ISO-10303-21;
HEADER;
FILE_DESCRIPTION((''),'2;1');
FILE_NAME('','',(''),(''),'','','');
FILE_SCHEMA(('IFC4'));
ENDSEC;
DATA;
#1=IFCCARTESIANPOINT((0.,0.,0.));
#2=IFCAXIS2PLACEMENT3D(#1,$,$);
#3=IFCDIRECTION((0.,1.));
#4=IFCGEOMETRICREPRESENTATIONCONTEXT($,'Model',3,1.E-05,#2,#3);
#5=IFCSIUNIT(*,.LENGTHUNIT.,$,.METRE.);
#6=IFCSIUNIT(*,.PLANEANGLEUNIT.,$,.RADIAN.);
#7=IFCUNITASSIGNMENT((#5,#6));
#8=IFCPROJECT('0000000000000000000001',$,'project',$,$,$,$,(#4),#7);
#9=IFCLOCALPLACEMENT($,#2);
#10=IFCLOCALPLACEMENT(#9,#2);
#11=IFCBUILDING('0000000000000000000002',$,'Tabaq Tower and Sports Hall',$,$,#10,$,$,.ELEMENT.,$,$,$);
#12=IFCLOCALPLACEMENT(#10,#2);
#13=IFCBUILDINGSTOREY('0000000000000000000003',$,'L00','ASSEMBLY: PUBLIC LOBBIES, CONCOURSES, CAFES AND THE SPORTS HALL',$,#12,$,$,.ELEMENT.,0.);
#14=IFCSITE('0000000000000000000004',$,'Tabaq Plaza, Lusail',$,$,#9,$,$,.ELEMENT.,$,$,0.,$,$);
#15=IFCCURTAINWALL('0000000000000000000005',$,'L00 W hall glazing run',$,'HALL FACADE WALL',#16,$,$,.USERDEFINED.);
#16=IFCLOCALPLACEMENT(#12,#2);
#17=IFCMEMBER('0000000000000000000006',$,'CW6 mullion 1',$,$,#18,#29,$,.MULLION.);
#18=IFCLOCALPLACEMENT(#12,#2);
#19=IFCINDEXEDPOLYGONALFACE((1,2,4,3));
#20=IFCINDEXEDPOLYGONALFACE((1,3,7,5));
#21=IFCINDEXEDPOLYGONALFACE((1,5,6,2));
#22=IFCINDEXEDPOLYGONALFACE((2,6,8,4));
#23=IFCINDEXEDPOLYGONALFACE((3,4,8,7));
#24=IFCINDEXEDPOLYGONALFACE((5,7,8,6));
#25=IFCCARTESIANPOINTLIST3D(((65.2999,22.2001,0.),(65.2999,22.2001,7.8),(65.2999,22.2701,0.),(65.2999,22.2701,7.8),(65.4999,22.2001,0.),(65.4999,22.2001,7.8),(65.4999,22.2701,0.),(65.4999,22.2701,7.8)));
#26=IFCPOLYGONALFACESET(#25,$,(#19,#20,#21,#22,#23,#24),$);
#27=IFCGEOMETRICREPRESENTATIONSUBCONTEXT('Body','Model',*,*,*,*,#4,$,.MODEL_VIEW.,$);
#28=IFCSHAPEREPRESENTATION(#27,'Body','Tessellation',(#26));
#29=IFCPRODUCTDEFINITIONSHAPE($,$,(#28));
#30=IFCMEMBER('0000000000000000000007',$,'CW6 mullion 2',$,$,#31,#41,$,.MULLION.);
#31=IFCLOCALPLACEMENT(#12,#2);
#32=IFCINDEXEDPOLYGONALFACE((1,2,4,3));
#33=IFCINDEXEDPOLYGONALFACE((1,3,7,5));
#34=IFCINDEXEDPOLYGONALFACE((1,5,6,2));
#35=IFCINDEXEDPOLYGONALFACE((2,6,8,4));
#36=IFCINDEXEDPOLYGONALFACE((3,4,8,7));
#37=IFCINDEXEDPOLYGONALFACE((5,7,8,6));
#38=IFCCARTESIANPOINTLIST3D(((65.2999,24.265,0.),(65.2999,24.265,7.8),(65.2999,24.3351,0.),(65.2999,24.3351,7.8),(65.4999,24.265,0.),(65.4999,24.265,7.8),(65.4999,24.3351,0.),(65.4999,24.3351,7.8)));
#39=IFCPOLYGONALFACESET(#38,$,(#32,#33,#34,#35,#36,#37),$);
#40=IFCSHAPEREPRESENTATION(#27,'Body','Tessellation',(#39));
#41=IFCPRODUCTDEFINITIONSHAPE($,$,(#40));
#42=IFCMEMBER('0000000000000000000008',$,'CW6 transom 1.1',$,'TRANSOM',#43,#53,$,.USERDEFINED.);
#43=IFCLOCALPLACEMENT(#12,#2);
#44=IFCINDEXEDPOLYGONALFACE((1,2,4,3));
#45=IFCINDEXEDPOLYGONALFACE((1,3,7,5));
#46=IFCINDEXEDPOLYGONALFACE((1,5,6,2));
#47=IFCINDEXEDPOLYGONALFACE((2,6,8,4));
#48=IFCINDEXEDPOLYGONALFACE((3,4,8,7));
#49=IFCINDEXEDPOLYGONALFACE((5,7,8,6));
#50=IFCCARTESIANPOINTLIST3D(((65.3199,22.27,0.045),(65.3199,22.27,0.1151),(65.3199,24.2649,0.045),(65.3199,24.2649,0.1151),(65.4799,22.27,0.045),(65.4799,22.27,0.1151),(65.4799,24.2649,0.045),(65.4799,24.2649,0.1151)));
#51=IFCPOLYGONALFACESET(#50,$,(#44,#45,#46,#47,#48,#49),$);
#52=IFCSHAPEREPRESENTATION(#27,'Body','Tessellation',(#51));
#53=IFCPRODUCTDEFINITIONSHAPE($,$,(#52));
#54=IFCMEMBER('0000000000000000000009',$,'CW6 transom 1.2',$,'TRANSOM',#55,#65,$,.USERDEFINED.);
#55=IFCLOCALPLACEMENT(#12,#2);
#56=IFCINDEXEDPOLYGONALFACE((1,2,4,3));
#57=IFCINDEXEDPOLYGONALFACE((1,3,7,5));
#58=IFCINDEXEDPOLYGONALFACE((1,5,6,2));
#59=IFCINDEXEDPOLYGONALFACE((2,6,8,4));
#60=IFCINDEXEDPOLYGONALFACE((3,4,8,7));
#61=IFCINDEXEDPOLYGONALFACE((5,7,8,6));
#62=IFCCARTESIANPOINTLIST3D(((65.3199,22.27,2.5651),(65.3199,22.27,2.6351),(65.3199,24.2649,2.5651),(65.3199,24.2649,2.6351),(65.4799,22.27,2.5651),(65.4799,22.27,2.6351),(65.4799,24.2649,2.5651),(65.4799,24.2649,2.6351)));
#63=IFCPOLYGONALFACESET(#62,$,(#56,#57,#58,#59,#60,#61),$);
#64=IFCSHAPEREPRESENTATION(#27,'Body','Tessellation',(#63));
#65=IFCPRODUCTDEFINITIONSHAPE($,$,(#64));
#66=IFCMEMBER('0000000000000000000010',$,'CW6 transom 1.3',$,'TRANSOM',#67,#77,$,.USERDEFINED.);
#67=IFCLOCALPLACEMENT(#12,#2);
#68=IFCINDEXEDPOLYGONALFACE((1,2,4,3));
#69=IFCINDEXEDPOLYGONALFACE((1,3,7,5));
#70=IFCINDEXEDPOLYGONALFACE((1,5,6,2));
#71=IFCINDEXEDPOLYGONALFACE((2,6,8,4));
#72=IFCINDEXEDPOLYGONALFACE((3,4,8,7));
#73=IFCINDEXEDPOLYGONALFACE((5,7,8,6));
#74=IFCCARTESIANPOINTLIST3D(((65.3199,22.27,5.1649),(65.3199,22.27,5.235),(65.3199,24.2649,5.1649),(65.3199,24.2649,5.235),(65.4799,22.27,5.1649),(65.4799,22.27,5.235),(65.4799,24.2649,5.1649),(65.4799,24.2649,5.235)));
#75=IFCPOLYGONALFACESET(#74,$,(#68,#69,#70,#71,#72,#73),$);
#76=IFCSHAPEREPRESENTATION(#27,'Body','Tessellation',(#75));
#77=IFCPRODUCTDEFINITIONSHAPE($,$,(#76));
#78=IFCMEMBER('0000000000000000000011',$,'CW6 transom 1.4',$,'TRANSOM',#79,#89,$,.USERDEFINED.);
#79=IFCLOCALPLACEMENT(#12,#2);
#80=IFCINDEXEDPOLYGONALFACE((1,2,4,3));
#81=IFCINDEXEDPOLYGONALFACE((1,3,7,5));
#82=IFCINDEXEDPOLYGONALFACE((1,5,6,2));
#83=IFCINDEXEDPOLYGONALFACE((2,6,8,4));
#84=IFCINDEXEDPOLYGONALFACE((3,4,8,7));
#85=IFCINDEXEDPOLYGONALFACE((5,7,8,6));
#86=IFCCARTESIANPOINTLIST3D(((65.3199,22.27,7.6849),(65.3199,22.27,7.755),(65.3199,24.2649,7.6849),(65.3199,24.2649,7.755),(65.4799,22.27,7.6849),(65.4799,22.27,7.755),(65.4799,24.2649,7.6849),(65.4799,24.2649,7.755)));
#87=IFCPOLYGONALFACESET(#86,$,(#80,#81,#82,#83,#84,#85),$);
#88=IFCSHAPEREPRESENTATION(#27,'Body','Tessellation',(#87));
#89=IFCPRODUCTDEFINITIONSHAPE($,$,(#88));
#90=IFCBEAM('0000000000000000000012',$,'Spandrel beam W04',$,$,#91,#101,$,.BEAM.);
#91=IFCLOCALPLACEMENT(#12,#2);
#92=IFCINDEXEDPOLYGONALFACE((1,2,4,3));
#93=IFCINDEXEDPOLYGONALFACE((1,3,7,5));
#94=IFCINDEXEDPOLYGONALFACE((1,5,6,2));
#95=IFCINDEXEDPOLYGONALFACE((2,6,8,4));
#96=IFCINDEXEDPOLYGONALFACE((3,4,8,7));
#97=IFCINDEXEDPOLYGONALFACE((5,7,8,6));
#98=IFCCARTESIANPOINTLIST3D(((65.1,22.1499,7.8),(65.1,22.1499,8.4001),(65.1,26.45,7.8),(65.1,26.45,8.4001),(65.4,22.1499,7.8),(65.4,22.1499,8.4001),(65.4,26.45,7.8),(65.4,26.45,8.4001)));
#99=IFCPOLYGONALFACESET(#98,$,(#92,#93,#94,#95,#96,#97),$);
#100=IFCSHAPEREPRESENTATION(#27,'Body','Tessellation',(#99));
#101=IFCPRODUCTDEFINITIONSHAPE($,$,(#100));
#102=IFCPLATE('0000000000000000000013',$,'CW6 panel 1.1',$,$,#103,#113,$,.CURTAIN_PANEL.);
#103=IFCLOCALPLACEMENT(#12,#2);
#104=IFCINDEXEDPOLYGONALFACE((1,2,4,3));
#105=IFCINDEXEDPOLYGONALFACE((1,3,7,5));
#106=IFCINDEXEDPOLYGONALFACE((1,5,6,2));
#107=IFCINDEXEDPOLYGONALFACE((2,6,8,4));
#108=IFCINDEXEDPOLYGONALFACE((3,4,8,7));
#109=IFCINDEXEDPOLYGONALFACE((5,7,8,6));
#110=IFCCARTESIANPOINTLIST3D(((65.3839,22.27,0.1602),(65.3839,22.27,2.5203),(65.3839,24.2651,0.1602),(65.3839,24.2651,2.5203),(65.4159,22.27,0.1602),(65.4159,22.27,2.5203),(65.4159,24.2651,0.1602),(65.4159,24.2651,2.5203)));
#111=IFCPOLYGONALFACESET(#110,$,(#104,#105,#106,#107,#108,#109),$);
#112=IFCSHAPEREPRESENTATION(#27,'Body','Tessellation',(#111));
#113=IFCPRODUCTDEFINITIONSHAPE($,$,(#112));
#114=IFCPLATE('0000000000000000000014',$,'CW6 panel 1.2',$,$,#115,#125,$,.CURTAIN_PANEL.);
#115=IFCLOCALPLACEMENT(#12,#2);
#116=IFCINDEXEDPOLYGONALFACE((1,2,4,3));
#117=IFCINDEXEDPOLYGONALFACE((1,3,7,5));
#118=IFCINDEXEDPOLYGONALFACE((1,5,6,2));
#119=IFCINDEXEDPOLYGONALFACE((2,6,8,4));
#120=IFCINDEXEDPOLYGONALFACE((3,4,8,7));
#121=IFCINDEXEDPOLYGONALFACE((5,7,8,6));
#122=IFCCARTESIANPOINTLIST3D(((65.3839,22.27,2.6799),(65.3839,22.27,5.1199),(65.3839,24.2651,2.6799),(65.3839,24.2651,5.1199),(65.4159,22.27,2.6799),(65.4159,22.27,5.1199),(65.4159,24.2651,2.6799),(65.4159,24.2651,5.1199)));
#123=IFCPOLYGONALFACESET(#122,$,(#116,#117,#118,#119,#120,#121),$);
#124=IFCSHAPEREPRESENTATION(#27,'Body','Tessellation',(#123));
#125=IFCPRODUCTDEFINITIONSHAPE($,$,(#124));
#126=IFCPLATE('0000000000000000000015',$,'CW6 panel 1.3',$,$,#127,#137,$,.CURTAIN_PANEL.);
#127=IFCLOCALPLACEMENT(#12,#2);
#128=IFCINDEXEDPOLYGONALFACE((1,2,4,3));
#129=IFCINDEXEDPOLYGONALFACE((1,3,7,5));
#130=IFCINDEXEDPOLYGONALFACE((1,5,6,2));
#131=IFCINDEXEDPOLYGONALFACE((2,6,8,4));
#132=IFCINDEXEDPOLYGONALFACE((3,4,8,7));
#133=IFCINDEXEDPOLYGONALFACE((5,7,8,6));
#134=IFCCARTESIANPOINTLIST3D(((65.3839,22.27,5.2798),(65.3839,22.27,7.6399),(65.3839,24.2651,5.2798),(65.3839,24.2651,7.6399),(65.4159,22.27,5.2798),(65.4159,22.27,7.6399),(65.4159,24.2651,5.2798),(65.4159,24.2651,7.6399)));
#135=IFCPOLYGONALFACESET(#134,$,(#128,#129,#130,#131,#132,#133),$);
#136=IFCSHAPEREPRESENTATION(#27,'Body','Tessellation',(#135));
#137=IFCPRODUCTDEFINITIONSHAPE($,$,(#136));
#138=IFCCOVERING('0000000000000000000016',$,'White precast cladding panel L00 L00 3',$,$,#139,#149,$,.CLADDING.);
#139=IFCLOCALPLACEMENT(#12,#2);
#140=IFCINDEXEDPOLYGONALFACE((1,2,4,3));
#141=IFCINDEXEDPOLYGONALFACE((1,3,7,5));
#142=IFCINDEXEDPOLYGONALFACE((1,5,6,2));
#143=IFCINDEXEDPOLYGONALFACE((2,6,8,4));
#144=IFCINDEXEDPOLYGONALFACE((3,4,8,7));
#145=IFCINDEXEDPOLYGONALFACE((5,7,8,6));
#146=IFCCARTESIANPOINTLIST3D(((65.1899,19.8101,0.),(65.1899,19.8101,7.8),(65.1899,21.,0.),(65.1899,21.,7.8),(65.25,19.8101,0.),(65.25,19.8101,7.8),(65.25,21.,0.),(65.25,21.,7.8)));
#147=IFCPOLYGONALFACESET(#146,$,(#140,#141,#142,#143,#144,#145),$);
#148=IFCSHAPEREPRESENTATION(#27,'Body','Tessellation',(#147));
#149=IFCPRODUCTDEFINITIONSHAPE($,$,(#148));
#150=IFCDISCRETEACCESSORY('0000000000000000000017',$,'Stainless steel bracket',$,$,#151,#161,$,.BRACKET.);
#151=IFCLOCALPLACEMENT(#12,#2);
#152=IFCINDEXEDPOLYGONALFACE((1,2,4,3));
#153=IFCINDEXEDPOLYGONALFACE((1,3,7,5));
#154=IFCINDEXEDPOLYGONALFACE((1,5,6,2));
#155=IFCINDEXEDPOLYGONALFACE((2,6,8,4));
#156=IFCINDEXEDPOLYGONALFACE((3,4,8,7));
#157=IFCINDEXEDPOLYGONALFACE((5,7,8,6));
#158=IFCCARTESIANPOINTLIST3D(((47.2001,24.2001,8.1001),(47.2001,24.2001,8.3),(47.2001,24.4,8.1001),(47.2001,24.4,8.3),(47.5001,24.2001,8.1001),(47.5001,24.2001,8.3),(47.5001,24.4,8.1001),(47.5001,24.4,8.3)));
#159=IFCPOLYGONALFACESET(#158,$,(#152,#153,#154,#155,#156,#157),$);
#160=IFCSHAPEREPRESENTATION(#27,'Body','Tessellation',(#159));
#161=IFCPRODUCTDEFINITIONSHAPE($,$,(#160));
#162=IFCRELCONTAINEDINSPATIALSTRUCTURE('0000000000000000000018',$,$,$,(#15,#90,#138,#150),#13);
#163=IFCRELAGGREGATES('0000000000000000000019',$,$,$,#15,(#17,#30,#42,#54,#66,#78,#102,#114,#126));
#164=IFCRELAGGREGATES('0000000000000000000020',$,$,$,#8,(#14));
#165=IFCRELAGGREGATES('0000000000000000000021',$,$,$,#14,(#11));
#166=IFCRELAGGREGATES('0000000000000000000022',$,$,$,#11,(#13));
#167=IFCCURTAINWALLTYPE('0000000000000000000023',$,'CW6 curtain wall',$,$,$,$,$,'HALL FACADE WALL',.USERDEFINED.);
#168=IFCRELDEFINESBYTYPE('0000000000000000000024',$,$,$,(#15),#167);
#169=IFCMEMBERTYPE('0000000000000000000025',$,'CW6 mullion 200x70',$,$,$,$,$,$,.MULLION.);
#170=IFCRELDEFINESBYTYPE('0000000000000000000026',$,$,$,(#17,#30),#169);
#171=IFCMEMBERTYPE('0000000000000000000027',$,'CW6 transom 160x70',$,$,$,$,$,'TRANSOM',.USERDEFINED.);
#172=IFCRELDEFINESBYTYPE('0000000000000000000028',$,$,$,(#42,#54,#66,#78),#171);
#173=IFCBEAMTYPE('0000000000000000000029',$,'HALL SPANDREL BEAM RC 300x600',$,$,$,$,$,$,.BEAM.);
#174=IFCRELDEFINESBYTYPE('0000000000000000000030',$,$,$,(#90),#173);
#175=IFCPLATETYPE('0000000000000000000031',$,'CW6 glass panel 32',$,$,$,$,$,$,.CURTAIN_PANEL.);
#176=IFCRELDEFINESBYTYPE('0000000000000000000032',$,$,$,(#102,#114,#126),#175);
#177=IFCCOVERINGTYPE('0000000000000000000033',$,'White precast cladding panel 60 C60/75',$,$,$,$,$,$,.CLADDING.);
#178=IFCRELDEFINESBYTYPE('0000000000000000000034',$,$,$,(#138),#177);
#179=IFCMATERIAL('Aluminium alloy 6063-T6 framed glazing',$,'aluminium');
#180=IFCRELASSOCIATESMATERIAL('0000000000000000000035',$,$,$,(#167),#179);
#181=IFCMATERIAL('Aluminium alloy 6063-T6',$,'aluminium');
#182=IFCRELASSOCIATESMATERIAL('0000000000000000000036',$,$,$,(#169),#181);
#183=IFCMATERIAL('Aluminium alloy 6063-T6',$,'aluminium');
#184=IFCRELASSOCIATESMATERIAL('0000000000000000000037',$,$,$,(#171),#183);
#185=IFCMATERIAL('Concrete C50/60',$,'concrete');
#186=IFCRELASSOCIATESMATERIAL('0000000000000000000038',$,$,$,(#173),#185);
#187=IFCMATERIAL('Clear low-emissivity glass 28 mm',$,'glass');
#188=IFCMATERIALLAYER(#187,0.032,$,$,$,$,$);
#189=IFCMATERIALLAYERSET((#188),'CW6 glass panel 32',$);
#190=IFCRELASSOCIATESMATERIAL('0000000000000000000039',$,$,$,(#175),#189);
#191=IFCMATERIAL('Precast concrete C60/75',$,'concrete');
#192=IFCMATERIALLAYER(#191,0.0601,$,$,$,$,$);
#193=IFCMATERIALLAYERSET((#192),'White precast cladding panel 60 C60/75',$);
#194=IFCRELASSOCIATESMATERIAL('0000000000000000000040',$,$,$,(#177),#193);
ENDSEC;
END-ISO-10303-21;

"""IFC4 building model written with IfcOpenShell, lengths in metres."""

from ifc_helpers import new_model, si_unit, direction, frame, frame_2d, origin, origin_2d, place, context, subcontext, project, spatial, rectangle, extrude, material, layer, layer_set, material_profile, profile_set, type_object, element, aggregate, save


model = new_model("IFC4")

# Units and contexts
model_context = context("Model", 3, precision=1e-05, world=origin(), true_north=direction((0.0, 1.0)))
body_context = subcontext(model_context, "Body", "Model", "MODEL_VIEW")
ifc_project = project(units=[si_unit("LENGTHUNIT", "METRE"), si_unit("PLANEANGLEUNIT", "RADIAN")], contexts=[model_context])

# Site, building, storey
site_placement = place(None, origin())
site = spatial("IfcSite", under=ifc_project, at=site_placement, Name="Tabaq Plaza, Lusail", CompositionType="ELEMENT", RefElevation=0.0)
building_placement = place(site_placement, origin())
building = spatial("IfcBuilding", under=site, at=building_placement, Name="Tabaq Tower and Sports Hall", CompositionType="ELEMENT")
storey_placement = place(building_placement, origin())
storey = spatial("IfcBuildingStorey", under=building, at=storey_placement, Name="L00", Description="ASSEMBLY: PUBLIC LOBBIES, CONCOURSES, CAFES AND THE SPORTS HALL", CompositionType="ELEMENT", Elevation=0.0)

# Curtain wall, members
ifc_material_1 = material(Name="Aluminium alloy 6063-T6 framed glazing", Category="aluminium")
curtain_wall_type = type_object("IfcCurtainWallType", Name="CW6 curtain wall", ElementType="HALL FACADE WALL", PredefinedType="USERDEFINED", material=ifc_material_1)
curtain_wall_placement = place(storey_placement, origin())
curtain_wall = element("IfcCurtainWall", 1, at=curtain_wall_placement, inside=storey, type_object=curtain_wall_type, Name="L00 W hall glazing run", ObjectType="HALL FACADE WALL", PredefinedType="USERDEFINED")
ifc_material_2 = material(Name="Aluminium alloy 6063-T6", Category="aluminium")
ifc_material_profile_1 = material_profile(ifc_material_2, rectangle(XDim=0.2, YDim=0.0701, at=origin_2d()), Name="MULLION 200x70")
ifc_profile_set_1 = profile_set([ifc_material_profile_1], Name="Aluminium alloy 6063-T6")
member_type_1 = type_object("IfcMemberType", Name="CW6 mullion 200x70", PredefinedType="MULLION", material=ifc_profile_set_1)
member_1_placement = place(storey_placement, frame((65.3999, 22.2351, 0.0), z_axis=(0.0, 0.0, 1.0), x_axis=(-1.0, 0.0, 0.0)))
member_1 = element("IfcMember", 2, at=member_1_placement, type_object=member_type_1, Name="CW6 mullion 1", PredefinedType="MULLION", context=body_context, shape_type="SweptSolid", body=[
    extrude(rectangle(XDim=0.2, YDim=0.0701, at=origin_2d()), origin(), (0.0, 0.0, 1.0), 7.8),
])
member_2_placement = place(storey_placement, frame((65.3999, 24.3, 0.0), z_axis=(0.0, 0.0, 1.0), x_axis=(-1.0, 0.0, 0.0)))
member_2 = element("IfcMember", 3, at=member_2_placement, type_object=member_type_1, Name="CW6 mullion 2", PredefinedType="MULLION", context=body_context, shape_type="SweptSolid", body=[
    extrude(rectangle(XDim=0.2, YDim=0.0701, at=origin_2d()), origin(), (0.0, 0.0, 1.0), 7.8),
])
ifc_material_3 = material(Name="Aluminium alloy 6063-T6", Category="aluminium")
ifc_material_profile_2 = material_profile(ifc_material_3, rectangle(XDim=0.1599, YDim=0.0701, at=origin_2d()), Name="TRANSOM 160x70")
ifc_profile_set_2 = profile_set([ifc_material_profile_2], Name="Aluminium alloy 6063-T6")
member_type_2 = type_object("IfcMemberType", Name="CW6 transom 160x70", ElementType="TRANSOM", PredefinedType="USERDEFINED", material=ifc_profile_set_2)
member_3_placement = place(storey_placement, frame((65.3999, 22.27, 0.0801), z_axis=(0.0, 1.0, 0.0), x_axis=(-1.0, 0.0, 0.0)))
member_3 = element("IfcMember", 4, at=member_3_placement, type_object=member_type_2, Name="CW6 transom 1.1", ObjectType="TRANSOM", PredefinedType="USERDEFINED", context=body_context, shape_type="SweptSolid", body=[
    extrude(rectangle(XDim=0.1599, YDim=0.0701, at=origin_2d()), origin(), (0.0, 0.0, 1.0), 1.9949),
])
member_4_placement = place(storey_placement, frame((65.3999, 22.27, 2.6001), z_axis=(0.0, 1.0, 0.0), x_axis=(-1.0, 0.0, 0.0)))
member_4 = element("IfcMember", 5, at=member_4_placement, type_object=member_type_2, Name="CW6 transom 1.2", ObjectType="TRANSOM", PredefinedType="USERDEFINED", context=body_context, shape_type="SweptSolid", body=[
    extrude(rectangle(XDim=0.1599, YDim=0.0701, at=origin_2d()), origin(), (0.0, 0.0, 1.0), 1.9949),
])
member_5_placement = place(storey_placement, frame((65.3999, 22.27, 5.2), z_axis=(0.0, 1.0, 0.0), x_axis=(-1.0, 0.0, 0.0)))
member_5 = element("IfcMember", 6, at=member_5_placement, type_object=member_type_2, Name="CW6 transom 1.3", ObjectType="TRANSOM", PredefinedType="USERDEFINED", context=body_context, shape_type="SweptSolid", body=[
    extrude(rectangle(XDim=0.1599, YDim=0.0701, at=origin_2d()), origin(), (0.0, 0.0, 1.0), 1.9949),
])
member_6_placement = place(storey_placement, frame((65.3999, 22.27, 7.72), z_axis=(0.0, 1.0, 0.0), x_axis=(-1.0, 0.0, 0.0)))
member_6 = element("IfcMember", 7, at=member_6_placement, type_object=member_type_2, Name="CW6 transom 1.4", ObjectType="TRANSOM", PredefinedType="USERDEFINED", context=body_context, shape_type="SweptSolid", body=[
    extrude(rectangle(XDim=0.1599, YDim=0.0701, at=origin_2d()), origin(), (0.0, 0.0, 1.0), 1.9949),
])

# Beam
ifc_material_4 = material(Name="Concrete C50/60", Category="concrete")
ifc_material_profile_3 = material_profile(ifc_material_4, rectangle(XDim=0.3, YDim=0.6001, at=origin_2d()), Name="RC 300x600")
ifc_profile_set_3 = profile_set([ifc_material_profile_3], Name="Concrete C50/60")
beam_type_1 = type_object("IfcBeamType", Name="HALL SPANDREL BEAM RC 300x600", PredefinedType="BEAM", material=ifc_profile_set_3)
beam_1_placement = place(storey_placement, frame((65.25, 22.1499, 8.1001), z_axis=(0.0, 1.0, 0.0), x_axis=(-1.0, 0.0, 0.0)))
element("IfcBeam", 8, at=beam_1_placement, inside=storey, type_object=beam_type_1, Name="Spandrel beam W04", PredefinedType="BEAM", context=body_context, shape_type="SweptSolid", body=[
    extrude(rectangle(XDim=0.3, YDim=0.6001, at=origin_2d()), origin(), (0.0, 0.0, 1.0), 4.3),
])

# Plates
ifc_material_5 = material(Name="Clear low-emissivity glass 28 mm", Category="glass")
ifc_layer_1 = layer(ifc_material_5, 0.032)
ifc_layer_set_1 = layer_set([ifc_layer_1], Name="CW6 glass panel 32")
plate_type = type_object("IfcPlateType", Name="CW6 glass panel 32", PredefinedType="CURTAIN_PANEL", material=ifc_layer_set_1)
plate_1_placement = place(storey_placement, frame((65.3999, 23.2676, 0.1602), z_axis=(0.0, 0.0, 1.0), x_axis=(0.0, 1.0, 0.0)))
plate_1 = element("IfcPlate", 9, at=plate_1_placement, type_object=plate_type, Name="CW6 panel 1.1", PredefinedType="CURTAIN_PANEL", context=body_context, shape_type="SweptSolid", body=[
    extrude(rectangle(XDim=1.9951, YDim=0.032, at=origin_2d()), origin(), (0.0, 0.0, 1.0), 2.3601),
])
plate_2_placement = place(storey_placement, frame((65.3999, 23.2676, 2.6799), z_axis=(0.0, 0.0, 1.0), x_axis=(0.0, 1.0, 0.0)))
plate_2 = element("IfcPlate", 10, at=plate_2_placement, type_object=plate_type, Name="CW6 panel 1.2", PredefinedType="CURTAIN_PANEL", context=body_context, shape_type="SweptSolid", body=[
    extrude(rectangle(XDim=1.9951, YDim=0.032, at=origin_2d()), origin(), (0.0, 0.0, 1.0), 2.4399),
])
plate_3_placement = place(storey_placement, frame((65.3999, 23.2676, 5.2798), z_axis=(0.0, 0.0, 1.0), x_axis=(0.0, 1.0, 0.0)))
plate_3 = element("IfcPlate", 11, at=plate_3_placement, type_object=plate_type, Name="CW6 panel 1.3", PredefinedType="CURTAIN_PANEL", context=body_context, shape_type="SweptSolid", body=[
    extrude(rectangle(XDim=1.9951, YDim=0.032, at=origin_2d()), origin(), (0.0, 0.0, 1.0), 2.3601),
])
aggregate(curtain_wall, [member_1, member_2, member_3, member_4, member_5, member_6, plate_1, plate_2, plate_3])

# Covering
ifc_material_6 = material(Name="Precast concrete C60/75", Category="concrete")
ifc_layer_2 = layer(ifc_material_6, 0.0601)
ifc_layer_set_2 = layer_set([ifc_layer_2], Name="White precast cladding panel 60 C60/75")
covering_type = type_object("IfcCoveringType", Name="White precast cladding panel 60 C60/75", PredefinedType="CLADDING", material=ifc_layer_set_2)
covering_placement = place(storey_placement, frame((65.22, 19.8101, 0.0), z_axis=(0.0, 0.0, 1.0), x_axis=(0.0, 1.0, 0.0)))
element("IfcCovering", 12, at=covering_placement, inside=storey, type_object=covering_type, Name="White precast cladding panel L00 L00 3", PredefinedType="CLADDING", context=body_context, shape_type="SweptSolid", body=[
    extrude(rectangle(XDim=1.1899, YDim=0.0601, at=frame_2d((0.595, 0.0))), origin(), (0.0, 0.0, 1.0), 7.8),
])

# Discrete accessory
discrete_accessory_placement = place(storey_placement, frame((47.3501, 24.3, 8.1001), z_axis=(0.0, 0.0, 1.0), x_axis=(0.0, -1.0, 0.0)))
element("IfcDiscreteAccessory", 13, at=discrete_accessory_placement, inside=storey, Name="Stainless steel bracket", PredefinedType="BRACKET", context=body_context, shape_type="SweptSolid", body=[
    extrude(rectangle(XDim=0.2, YDim=0.3, at=origin_2d()), origin(), (0.0, 0.0, 1.0), 0.2),
])

save(model, "model.ifc")
